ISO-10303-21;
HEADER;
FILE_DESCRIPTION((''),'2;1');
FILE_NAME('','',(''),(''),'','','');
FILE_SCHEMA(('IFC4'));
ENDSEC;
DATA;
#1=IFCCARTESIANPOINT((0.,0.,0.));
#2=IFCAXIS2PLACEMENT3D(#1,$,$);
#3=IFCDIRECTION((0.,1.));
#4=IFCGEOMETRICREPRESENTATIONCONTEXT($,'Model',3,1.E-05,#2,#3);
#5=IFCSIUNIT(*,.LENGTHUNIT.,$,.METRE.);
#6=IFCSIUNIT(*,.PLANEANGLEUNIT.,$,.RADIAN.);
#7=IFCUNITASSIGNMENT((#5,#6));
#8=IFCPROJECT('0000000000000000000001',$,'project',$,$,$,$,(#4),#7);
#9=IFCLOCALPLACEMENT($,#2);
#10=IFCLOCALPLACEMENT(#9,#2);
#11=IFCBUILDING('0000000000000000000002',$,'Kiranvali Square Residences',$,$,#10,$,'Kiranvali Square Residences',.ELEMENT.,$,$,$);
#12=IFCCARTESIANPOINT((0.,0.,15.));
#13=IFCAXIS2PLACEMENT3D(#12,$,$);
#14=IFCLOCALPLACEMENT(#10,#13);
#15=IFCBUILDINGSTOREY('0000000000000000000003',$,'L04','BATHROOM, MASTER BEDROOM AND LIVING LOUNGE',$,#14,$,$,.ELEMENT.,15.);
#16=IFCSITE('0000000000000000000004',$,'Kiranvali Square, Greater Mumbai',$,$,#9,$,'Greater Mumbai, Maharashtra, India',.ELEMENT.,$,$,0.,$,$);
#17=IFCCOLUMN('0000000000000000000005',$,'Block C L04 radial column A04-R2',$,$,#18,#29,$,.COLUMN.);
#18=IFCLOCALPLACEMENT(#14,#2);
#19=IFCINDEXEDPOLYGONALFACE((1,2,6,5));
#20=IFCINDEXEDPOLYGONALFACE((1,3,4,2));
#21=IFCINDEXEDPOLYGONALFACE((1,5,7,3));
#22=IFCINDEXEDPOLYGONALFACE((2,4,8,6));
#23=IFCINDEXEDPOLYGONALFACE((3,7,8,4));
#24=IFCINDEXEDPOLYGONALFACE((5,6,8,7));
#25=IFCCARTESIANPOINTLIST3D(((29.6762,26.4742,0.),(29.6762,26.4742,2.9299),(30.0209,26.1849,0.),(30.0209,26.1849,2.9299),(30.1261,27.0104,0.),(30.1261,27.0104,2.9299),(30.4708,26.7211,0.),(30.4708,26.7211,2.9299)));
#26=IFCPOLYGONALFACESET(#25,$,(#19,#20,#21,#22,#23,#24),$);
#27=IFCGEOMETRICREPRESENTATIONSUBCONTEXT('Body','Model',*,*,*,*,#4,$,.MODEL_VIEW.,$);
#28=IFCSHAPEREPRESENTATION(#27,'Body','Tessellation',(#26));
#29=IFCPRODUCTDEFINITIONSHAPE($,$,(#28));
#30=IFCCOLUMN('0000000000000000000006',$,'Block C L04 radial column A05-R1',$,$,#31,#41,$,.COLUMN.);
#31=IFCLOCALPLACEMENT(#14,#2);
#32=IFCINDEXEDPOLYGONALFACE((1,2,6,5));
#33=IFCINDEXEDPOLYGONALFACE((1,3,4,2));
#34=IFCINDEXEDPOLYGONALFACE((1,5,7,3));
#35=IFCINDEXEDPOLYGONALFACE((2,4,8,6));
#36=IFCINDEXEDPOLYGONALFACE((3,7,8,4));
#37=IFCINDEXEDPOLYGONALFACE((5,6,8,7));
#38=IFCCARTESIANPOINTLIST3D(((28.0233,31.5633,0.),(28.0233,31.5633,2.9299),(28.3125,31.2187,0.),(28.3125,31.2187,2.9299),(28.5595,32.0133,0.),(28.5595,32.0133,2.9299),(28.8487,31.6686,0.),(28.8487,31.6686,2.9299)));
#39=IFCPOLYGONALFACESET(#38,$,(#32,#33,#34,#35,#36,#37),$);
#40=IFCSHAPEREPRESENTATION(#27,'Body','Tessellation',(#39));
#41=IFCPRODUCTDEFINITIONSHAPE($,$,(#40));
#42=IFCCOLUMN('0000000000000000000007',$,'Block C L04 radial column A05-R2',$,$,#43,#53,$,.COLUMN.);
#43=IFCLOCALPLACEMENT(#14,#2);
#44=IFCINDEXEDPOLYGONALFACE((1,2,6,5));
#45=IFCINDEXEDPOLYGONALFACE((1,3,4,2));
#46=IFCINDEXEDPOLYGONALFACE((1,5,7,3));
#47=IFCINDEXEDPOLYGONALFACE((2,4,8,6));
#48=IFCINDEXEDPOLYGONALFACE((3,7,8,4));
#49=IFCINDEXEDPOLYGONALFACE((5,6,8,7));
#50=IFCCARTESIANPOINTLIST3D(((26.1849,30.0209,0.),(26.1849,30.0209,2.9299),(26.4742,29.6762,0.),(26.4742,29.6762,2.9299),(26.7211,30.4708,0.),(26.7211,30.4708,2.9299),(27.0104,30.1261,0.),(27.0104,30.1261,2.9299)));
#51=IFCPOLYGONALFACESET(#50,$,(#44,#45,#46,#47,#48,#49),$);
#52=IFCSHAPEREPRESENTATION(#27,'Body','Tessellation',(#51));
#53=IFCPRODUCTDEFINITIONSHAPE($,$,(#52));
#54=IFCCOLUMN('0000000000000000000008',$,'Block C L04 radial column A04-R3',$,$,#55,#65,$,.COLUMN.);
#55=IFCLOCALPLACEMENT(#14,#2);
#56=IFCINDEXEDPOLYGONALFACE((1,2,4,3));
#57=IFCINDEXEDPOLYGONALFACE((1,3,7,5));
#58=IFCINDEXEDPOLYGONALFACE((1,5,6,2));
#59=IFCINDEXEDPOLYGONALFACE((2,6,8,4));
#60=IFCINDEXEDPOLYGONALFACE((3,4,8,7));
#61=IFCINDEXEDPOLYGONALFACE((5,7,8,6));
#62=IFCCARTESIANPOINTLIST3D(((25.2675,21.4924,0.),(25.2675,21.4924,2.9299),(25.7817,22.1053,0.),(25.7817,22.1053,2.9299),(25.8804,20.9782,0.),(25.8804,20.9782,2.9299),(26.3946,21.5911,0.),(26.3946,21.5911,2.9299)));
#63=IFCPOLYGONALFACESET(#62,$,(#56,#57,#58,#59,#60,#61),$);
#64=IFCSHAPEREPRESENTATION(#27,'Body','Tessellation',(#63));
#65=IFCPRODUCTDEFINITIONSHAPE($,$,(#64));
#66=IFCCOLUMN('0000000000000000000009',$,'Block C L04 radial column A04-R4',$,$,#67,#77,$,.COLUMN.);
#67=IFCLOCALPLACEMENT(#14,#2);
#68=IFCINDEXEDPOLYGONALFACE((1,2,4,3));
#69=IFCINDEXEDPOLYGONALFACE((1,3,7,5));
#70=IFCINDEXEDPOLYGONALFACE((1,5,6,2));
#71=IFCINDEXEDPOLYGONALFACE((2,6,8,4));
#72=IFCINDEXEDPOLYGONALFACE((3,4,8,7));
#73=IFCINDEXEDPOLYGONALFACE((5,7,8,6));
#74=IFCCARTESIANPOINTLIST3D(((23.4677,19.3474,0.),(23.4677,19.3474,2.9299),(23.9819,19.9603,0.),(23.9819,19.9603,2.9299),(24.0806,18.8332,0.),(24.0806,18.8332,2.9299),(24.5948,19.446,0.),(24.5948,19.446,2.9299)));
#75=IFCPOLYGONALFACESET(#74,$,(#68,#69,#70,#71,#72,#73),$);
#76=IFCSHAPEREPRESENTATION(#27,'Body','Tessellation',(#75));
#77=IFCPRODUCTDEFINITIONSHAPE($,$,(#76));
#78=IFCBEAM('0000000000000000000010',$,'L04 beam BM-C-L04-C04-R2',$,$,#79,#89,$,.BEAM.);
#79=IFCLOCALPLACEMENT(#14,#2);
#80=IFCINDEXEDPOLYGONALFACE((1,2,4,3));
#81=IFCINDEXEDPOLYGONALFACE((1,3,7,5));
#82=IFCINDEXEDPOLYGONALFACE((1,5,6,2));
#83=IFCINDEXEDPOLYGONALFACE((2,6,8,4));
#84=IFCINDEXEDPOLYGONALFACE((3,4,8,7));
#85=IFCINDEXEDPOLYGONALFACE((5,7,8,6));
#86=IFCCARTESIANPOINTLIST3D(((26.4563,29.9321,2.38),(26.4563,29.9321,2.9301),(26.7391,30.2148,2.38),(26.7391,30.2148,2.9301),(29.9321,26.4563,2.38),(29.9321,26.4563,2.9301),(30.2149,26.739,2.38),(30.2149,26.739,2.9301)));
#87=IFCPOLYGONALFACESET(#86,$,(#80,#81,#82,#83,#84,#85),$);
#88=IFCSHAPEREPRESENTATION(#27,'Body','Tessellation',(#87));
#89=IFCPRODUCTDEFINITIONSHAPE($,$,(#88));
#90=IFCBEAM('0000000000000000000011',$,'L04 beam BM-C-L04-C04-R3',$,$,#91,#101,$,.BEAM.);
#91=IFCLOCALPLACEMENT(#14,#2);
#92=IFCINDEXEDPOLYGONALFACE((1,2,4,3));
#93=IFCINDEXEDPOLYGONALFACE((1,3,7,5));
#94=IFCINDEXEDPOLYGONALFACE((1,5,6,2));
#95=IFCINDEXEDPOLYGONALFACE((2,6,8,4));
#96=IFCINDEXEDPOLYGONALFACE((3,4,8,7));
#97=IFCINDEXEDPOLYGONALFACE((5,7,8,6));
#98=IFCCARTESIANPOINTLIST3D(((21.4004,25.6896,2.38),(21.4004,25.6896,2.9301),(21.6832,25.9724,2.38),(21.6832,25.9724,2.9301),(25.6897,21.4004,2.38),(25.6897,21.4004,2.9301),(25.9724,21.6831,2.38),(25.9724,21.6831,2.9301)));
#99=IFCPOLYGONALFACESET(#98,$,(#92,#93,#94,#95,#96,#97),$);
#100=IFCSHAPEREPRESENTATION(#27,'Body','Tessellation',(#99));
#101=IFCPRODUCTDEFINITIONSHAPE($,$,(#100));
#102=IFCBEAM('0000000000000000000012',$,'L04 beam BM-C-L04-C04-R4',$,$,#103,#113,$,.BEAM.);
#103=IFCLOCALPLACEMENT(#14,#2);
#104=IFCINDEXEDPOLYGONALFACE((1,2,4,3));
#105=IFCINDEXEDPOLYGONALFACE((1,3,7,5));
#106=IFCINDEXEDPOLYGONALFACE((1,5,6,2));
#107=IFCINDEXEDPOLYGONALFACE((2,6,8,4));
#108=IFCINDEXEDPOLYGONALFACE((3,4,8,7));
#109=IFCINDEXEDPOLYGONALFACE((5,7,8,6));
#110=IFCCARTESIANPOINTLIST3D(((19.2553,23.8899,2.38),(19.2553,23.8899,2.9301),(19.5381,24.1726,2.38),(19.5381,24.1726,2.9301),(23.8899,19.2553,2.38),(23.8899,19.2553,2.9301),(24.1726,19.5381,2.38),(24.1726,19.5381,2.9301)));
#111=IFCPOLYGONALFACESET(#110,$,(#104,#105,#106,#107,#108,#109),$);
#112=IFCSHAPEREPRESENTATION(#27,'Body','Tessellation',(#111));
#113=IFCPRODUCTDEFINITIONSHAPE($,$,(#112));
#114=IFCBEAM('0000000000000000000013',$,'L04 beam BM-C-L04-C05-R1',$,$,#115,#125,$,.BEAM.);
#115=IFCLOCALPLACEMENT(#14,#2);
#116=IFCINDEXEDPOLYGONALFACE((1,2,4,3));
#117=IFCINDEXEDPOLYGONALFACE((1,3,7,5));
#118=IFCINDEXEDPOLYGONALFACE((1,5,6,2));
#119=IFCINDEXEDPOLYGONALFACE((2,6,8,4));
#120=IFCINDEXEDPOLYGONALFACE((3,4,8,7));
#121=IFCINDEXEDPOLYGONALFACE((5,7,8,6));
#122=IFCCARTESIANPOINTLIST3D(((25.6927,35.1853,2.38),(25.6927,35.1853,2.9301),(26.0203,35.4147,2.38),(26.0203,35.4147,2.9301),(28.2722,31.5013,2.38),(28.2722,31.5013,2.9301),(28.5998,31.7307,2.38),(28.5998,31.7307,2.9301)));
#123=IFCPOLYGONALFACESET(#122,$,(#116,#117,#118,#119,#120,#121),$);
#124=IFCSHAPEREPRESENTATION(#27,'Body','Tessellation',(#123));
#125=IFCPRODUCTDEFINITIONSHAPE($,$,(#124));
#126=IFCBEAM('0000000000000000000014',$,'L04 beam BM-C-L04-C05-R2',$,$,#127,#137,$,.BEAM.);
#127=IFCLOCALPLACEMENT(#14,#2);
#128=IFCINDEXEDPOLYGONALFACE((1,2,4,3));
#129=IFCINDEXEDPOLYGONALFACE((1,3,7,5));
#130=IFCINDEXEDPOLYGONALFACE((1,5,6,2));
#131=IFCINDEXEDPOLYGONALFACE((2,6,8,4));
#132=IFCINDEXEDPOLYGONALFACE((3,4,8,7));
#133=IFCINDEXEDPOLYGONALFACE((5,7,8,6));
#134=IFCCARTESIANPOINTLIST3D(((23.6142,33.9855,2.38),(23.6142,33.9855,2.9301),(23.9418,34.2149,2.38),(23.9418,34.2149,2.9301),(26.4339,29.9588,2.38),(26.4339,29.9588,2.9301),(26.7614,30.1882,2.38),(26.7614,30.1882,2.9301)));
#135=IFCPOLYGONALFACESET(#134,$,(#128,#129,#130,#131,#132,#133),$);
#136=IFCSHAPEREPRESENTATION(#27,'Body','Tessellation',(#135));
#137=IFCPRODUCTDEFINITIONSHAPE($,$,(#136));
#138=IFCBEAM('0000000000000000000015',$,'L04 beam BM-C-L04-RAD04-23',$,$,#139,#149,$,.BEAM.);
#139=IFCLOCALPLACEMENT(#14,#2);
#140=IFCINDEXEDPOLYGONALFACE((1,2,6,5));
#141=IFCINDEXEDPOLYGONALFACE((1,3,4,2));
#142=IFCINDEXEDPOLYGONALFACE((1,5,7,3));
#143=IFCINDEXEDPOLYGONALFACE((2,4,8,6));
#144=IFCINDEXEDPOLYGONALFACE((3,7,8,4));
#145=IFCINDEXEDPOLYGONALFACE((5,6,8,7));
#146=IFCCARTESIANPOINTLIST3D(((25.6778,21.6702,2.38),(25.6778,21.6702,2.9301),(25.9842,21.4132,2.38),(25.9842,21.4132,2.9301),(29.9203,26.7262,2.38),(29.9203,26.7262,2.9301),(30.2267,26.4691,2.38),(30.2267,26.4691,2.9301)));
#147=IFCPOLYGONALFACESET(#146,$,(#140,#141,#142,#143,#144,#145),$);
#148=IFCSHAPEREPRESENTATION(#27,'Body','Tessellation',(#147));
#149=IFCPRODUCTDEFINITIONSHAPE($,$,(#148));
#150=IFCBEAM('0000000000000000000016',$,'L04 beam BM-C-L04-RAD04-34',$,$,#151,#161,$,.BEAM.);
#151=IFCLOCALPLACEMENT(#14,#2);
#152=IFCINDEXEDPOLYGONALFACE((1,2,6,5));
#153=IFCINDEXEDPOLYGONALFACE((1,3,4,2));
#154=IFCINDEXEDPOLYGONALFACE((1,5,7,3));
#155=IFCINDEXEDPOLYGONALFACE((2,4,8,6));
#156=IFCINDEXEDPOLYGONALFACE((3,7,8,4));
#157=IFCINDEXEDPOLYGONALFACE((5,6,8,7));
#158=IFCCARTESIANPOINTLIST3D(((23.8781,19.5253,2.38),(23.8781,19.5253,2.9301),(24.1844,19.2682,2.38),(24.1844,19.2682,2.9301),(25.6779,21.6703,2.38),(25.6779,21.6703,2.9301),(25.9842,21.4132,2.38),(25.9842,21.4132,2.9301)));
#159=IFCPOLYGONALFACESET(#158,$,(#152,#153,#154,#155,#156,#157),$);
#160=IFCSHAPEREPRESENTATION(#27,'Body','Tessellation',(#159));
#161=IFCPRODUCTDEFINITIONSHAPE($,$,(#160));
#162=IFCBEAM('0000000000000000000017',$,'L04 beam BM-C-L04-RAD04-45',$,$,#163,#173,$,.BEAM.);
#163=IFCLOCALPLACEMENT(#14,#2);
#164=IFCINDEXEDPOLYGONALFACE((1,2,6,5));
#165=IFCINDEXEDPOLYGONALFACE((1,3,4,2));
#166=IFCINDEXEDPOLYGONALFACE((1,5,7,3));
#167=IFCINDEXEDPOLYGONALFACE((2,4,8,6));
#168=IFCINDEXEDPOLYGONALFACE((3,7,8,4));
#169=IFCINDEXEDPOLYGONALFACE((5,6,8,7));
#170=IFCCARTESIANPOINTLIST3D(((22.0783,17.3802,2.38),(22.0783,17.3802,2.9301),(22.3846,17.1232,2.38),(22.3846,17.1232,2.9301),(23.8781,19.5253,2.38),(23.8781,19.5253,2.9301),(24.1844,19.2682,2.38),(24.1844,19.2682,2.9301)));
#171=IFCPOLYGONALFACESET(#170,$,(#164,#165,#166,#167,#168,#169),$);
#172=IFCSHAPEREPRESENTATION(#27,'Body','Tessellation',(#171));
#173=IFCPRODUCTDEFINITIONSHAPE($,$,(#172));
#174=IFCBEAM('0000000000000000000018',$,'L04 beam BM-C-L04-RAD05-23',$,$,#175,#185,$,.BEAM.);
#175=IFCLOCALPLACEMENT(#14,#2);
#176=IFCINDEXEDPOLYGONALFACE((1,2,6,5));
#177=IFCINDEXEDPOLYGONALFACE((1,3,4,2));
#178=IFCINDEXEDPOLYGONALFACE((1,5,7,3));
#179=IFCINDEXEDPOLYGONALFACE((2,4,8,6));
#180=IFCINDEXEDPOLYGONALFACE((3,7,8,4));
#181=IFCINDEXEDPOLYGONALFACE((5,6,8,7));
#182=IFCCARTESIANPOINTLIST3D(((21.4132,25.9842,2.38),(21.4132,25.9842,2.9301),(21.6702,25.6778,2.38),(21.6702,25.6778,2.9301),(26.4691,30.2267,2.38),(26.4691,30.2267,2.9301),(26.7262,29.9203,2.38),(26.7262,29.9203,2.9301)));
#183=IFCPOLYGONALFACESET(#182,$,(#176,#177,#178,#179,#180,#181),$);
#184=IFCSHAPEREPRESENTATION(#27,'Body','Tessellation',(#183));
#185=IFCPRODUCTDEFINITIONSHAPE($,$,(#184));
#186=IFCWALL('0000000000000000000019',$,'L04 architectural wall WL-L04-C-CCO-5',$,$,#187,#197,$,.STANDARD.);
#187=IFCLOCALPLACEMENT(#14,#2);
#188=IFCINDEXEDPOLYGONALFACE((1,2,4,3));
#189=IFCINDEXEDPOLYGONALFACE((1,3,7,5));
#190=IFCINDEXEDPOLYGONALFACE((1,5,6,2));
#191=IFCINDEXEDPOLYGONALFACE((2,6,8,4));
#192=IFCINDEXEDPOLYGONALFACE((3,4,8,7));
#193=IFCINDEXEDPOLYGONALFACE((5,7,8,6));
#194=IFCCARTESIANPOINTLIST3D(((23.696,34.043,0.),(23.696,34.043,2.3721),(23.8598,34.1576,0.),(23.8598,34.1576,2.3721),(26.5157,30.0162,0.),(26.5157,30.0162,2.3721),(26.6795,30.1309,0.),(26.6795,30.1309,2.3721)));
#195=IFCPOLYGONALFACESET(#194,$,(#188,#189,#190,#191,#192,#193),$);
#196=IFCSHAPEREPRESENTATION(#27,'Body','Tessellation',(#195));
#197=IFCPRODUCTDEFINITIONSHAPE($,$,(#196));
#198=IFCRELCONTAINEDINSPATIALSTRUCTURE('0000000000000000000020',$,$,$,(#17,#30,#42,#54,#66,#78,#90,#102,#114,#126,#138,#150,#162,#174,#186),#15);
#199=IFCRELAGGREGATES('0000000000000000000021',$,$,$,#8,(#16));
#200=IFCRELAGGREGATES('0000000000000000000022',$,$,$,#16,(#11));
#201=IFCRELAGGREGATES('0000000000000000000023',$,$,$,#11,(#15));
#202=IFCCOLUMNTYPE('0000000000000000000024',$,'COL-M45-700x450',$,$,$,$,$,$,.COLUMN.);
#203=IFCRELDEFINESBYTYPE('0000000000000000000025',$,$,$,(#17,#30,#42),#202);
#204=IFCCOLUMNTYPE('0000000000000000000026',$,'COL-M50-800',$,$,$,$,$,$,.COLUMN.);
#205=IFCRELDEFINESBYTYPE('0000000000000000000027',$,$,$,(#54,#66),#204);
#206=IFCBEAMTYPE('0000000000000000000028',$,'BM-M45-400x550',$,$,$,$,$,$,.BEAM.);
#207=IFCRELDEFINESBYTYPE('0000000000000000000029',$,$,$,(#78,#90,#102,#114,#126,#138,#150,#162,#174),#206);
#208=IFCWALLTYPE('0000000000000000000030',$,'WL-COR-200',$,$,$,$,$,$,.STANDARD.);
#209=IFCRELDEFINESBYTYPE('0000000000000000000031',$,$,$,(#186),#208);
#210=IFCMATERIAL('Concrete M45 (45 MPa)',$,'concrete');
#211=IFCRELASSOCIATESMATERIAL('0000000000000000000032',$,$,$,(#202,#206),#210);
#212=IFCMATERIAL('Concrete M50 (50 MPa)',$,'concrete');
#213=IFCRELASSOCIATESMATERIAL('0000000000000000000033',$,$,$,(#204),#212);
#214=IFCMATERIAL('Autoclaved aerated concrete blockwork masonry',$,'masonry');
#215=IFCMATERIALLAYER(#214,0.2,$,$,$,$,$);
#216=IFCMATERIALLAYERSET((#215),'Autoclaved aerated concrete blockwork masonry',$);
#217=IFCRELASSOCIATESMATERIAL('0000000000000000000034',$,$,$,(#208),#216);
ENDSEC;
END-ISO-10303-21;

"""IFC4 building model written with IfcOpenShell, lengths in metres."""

from ifc_helpers import new_model, si_unit, direction, frame, frame_2d, origin, origin_2d, place, context, subcontext, project, spatial, rectangle, extrude, material, layer, layer_set, material_profile, profile_set, type_object, element, save


model = new_model("IFC4")

# Units and contexts
model_context = context("Model", 3, precision=1e-05, world=origin(), true_north=direction((0.0, 1.0)))
body_context = subcontext(model_context, "Body", "Model", "MODEL_VIEW")
ifc_project = project(units=[si_unit("LENGTHUNIT", "METRE"), si_unit("PLANEANGLEUNIT", "RADIAN")], contexts=[model_context])

# Site, building, storey
site_placement = place(None, origin())
site = spatial("IfcSite", under=ifc_project, at=site_placement, Name="Kiranvali Square, Greater Mumbai", LongName="Greater Mumbai, Maharashtra, India", CompositionType="ELEMENT", RefElevation=0.0)
building_placement = place(site_placement, origin())
building = spatial("IfcBuilding", under=site, at=building_placement, Name="Kiranvali Square Residences", LongName="Kiranvali Square Residences", CompositionType="ELEMENT")
storey_placement = place(building_placement, frame((0.0, 0.0, 15.0)))
storey = spatial("IfcBuildingStorey", under=building, at=storey_placement, Name="L04", Description="BATHROOM, MASTER BEDROOM AND LIVING LOUNGE", CompositionType="ELEMENT", Elevation=15.0)

# Columns
ifc_material_1 = material(Name="Concrete M45 (45 MPa)", Category="concrete")
ifc_material_profile_1 = material_profile(ifc_material_1, rectangle(XDim=0.45, YDim=0.7, at=origin_2d()), Name="RC 700x450")
ifc_profile_set_1 = profile_set([ifc_material_profile_1], Name="Concrete M45 (45 MPa)")
column_type_1 = type_object("IfcColumnType", Name="COL-M45-700x450", PredefinedType="COLUMN", material=ifc_profile_set_1)
for number, where, z_axis, x_axis, name in (
    (1, (30.0735, 26.5977, 0.0), (0.0, 0.0, 1.0), (-0.766044, 0.642788, 0.0), "Block C L04 radial column A04-R2"),
    (2, (28.436, 31.616, 0.0), (0.0, 0.0, 1.0), (-0.642788, 0.766044, 0.0), "Block C L04 radial column A05-R1"),
    (3, (26.5977, 30.0735, 0.0), (0.0, 0.0, 1.0), (-0.642788, 0.766044, 0.0), "Block C L04 radial column A05-R2"),
):
    element("IfcColumn", number, at=place(storey_placement, frame(where, z_axis=z_axis, x_axis=x_axis)), inside=storey, type_object=column_type_1, Name=name, PredefinedType="COLUMN", context=body_context, shape_type="SweptSolid", body=[
        extrude(rectangle(XDim=0.45, YDim=0.7, at=origin_2d()), origin(), (0.0, 0.0, 1.0), 2.9299),
    ])
ifc_material_2 = material(Name="Concrete M50 (50 MPa)", Category="concrete")
ifc_material_profile_2 = material_profile(ifc_material_2, rectangle(XDim=0.8, YDim=0.8, at=origin_2d()), Name="RC 800x800")
ifc_profile_set_2 = profile_set([ifc_material_profile_2], Name="Concrete M50 (50 MPa)")
column_type_2 = type_object("IfcColumnType", Name="COL-M50-800", PredefinedType="COLUMN", material=ifc_profile_set_2)
for number, where, z_axis, x_axis, name in (
    (4, (25.8311, 21.5417, 0.0), (0.0, 0.0, 1.0), (-0.766044, 0.642788, 0.0), "Block C L04 radial column A04-R3"),
    (5, (24.0312, 19.3967, 0.0), (0.0, 0.0, 1.0), (-0.766044, 0.642788, 0.0), "Block C L04 radial column A04-R4"),
):
    element("IfcColumn", number, at=place(storey_placement, frame(where, z_axis=z_axis, x_axis=x_axis)), inside=storey, type_object=column_type_2, Name=name, PredefinedType="COLUMN", context=body_context, shape_type="SweptSolid", body=[
        extrude(rectangle(XDim=0.8, YDim=0.8, at=origin_2d()), origin(), (0.0, 0.0, 1.0), 2.9299),
    ])

# Beams
ifc_material_profile_3 = material_profile(ifc_material_1, rectangle(XDim=0.3999, YDim=0.55, at=origin_2d()), Name="RC 400x550")
ifc_profile_set_3 = profile_set([ifc_material_profile_3], Name="Concrete M45 (45 MPa)")
beam_type = type_object("IfcBeamType", Name="BM-M45-400x550", PredefinedType="BEAM", material=ifc_profile_set_3)
beam_1_placement = place(storey_placement, frame((30.0735, 26.5977, 2.655), z_axis=(-0.707107, 0.707107, 0.0), x_axis=(-0.707107, -0.707107, 0.0)))
element("IfcBeam", 6, at=beam_1_placement, inside=storey, type_object=beam_type, Name="L04 beam BM-C-L04-C04-R2", PredefinedType="BEAM", context=body_context, shape_type="SweptSolid", body=[
    extrude(rectangle(XDim=0.3999, YDim=0.55, at=origin_2d()), origin(), (0.0, 0.0, 1.0), 4.9155),
])
beam_2_placement = place(storey_placement, frame((25.8311, 21.5417, 2.655), z_axis=(-0.707107, 0.707107, 0.0), x_axis=(-0.707107, -0.707107, 0.0)))
element("IfcBeam", 7, at=beam_2_placement, inside=storey, type_object=beam_type, Name="L04 beam BM-C-L04-C04-R3", PredefinedType="BEAM", context=body_context, shape_type="SweptSolid", body=[
    extrude(rectangle(XDim=0.3999, YDim=0.55, at=origin_2d()), origin(), (0.0, 0.0, 1.0), 6.0659),
])
beam_3_placement = place(storey_placement, frame((24.0312, 19.3967, 2.655), z_axis=(-0.707107, 0.707107, 0.0), x_axis=(-0.707107, -0.707107, 0.0)))
element("IfcBeam", 8, at=beam_3_placement, inside=storey, type_object=beam_type, Name="L04 beam BM-C-L04-C04-R4", PredefinedType="BEAM", context=body_context, shape_type="SweptSolid", body=[
    extrude(rectangle(XDim=0.3999, YDim=0.55, at=origin_2d()), origin(), (0.0, 0.0, 1.0), 6.5542),
])
beam_4_placement = place(storey_placement, frame((28.436, 31.616, 2.655), z_axis=(-0.573572, 0.819155, 0.0), x_axis=(-0.819155, -0.573572, 0.0)))
element("IfcBeam", 9, at=beam_4_placement, inside=storey, type_object=beam_type, Name="L04 beam BM-C-L04-C05-R1", PredefinedType="BEAM", context=body_context, shape_type="SweptSolid", body=[
    extrude(rectangle(XDim=0.3999, YDim=0.55, at=origin_2d()), origin(), (0.0, 0.0, 1.0), 4.4973),
])
beam_5_placement = place(storey_placement, frame((26.5977, 30.0735, 2.655), z_axis=(-0.573592, 0.819141, 0.0), x_axis=(-0.819141, -0.573592, 0.0)))
element("IfcBeam", 10, at=beam_5_placement, inside=storey, type_object=beam_type, Name="L04 beam BM-C-L04-C05-R2", PredefinedType="BEAM", context=body_context, shape_type="SweptSolid", body=[
    extrude(rectangle(XDim=0.3999, YDim=0.55, at=origin_2d()), origin(), (0.0, 0.0, 1.0), 4.9158),
])
beam_6_placement = place(storey_placement, frame((30.0735, 26.5977, 2.655), z_axis=(-0.642789, -0.766043, 0.0), x_axis=(0.766043, -0.642789, 0.0)))
element("IfcBeam", 11, at=beam_6_placement, inside=storey, type_object=beam_type, Name="L04 beam BM-C-L04-RAD04-23", PredefinedType="BEAM", context=body_context, shape_type="SweptSolid", body=[
    extrude(rectangle(XDim=0.3999, YDim=0.55, at=origin_2d()), origin(), (0.0, 0.0, 1.0), 6.6001),
])
for number, where, z_axis, x_axis, name in (
    (12, (25.8311, 21.5417, 2.655), (-0.642771, -0.766059, 0.0), (0.766059, -0.642771, 0.0), "L04 beam BM-C-L04-RAD04-34"),
    (13, (24.0312, 19.3967, 2.655), (-0.642771, -0.766059, 0.0), (0.766059, -0.642771, 0.0), "L04 beam BM-C-L04-RAD04-45"),
):
    element("IfcBeam", number, at=place(storey_placement, frame(where, z_axis=z_axis, x_axis=x_axis)), inside=storey, type_object=beam_type, Name=name, PredefinedType="BEAM", context=body_context, shape_type="SweptSolid", body=[
        extrude(rectangle(XDim=0.3999, YDim=0.55, at=origin_2d()), origin(), (0.0, 0.0, 1.0), 2.8),
    ])
beam_7_placement = place(storey_placement, frame((26.5977, 30.0735, 2.655), z_axis=(-0.766043, -0.642789, 0.0), x_axis=(0.642789, -0.766043, 0.0)))
element("IfcBeam", 14, at=beam_7_placement, inside=storey, type_object=beam_type, Name="L04 beam BM-C-L04-RAD05-23", PredefinedType="BEAM", context=body_context, shape_type="SweptSolid", body=[
    extrude(rectangle(XDim=0.3999, YDim=0.55, at=origin_2d()), origin(), (0.0, 0.0, 1.0), 6.6001),
])

# Shared definitions
ifc_material_3 = material(Name="Autoclaved aerated concrete blockwork masonry", Category="masonry")
ifc_layer_1 = layer(ifc_material_3, 0.2)
ifc_layer_set_1 = layer_set([ifc_layer_1], Name="Autoclaved aerated concrete blockwork masonry")
wall_type_1 = type_object("IfcWallType", Name="WL-COR-200", PredefinedType="STANDARD", material=ifc_layer_set_1)

# Wall
wall_1_placement = place(storey_placement, frame((26.5977, 30.0735, 0.0), z_axis=(0.0, 0.0, 1.0), x_axis=(-0.573592, 0.819141, 0.0)))
element("IfcWall", 15, at=wall_1_placement, inside=storey, type_object=wall_type_1, Name="L04 architectural wall WL-L04-C-CCO-5", PredefinedType="STANDARD", context=body_context, shape_type="SweptSolid", body=[
    extrude(rectangle(XDim=4.9158, YDim=0.2, at=frame_2d((2.458, 0.0))), origin(), (0.0, 0.0, 1.0), 2.3721),
])

save(model, "model.ifc")
